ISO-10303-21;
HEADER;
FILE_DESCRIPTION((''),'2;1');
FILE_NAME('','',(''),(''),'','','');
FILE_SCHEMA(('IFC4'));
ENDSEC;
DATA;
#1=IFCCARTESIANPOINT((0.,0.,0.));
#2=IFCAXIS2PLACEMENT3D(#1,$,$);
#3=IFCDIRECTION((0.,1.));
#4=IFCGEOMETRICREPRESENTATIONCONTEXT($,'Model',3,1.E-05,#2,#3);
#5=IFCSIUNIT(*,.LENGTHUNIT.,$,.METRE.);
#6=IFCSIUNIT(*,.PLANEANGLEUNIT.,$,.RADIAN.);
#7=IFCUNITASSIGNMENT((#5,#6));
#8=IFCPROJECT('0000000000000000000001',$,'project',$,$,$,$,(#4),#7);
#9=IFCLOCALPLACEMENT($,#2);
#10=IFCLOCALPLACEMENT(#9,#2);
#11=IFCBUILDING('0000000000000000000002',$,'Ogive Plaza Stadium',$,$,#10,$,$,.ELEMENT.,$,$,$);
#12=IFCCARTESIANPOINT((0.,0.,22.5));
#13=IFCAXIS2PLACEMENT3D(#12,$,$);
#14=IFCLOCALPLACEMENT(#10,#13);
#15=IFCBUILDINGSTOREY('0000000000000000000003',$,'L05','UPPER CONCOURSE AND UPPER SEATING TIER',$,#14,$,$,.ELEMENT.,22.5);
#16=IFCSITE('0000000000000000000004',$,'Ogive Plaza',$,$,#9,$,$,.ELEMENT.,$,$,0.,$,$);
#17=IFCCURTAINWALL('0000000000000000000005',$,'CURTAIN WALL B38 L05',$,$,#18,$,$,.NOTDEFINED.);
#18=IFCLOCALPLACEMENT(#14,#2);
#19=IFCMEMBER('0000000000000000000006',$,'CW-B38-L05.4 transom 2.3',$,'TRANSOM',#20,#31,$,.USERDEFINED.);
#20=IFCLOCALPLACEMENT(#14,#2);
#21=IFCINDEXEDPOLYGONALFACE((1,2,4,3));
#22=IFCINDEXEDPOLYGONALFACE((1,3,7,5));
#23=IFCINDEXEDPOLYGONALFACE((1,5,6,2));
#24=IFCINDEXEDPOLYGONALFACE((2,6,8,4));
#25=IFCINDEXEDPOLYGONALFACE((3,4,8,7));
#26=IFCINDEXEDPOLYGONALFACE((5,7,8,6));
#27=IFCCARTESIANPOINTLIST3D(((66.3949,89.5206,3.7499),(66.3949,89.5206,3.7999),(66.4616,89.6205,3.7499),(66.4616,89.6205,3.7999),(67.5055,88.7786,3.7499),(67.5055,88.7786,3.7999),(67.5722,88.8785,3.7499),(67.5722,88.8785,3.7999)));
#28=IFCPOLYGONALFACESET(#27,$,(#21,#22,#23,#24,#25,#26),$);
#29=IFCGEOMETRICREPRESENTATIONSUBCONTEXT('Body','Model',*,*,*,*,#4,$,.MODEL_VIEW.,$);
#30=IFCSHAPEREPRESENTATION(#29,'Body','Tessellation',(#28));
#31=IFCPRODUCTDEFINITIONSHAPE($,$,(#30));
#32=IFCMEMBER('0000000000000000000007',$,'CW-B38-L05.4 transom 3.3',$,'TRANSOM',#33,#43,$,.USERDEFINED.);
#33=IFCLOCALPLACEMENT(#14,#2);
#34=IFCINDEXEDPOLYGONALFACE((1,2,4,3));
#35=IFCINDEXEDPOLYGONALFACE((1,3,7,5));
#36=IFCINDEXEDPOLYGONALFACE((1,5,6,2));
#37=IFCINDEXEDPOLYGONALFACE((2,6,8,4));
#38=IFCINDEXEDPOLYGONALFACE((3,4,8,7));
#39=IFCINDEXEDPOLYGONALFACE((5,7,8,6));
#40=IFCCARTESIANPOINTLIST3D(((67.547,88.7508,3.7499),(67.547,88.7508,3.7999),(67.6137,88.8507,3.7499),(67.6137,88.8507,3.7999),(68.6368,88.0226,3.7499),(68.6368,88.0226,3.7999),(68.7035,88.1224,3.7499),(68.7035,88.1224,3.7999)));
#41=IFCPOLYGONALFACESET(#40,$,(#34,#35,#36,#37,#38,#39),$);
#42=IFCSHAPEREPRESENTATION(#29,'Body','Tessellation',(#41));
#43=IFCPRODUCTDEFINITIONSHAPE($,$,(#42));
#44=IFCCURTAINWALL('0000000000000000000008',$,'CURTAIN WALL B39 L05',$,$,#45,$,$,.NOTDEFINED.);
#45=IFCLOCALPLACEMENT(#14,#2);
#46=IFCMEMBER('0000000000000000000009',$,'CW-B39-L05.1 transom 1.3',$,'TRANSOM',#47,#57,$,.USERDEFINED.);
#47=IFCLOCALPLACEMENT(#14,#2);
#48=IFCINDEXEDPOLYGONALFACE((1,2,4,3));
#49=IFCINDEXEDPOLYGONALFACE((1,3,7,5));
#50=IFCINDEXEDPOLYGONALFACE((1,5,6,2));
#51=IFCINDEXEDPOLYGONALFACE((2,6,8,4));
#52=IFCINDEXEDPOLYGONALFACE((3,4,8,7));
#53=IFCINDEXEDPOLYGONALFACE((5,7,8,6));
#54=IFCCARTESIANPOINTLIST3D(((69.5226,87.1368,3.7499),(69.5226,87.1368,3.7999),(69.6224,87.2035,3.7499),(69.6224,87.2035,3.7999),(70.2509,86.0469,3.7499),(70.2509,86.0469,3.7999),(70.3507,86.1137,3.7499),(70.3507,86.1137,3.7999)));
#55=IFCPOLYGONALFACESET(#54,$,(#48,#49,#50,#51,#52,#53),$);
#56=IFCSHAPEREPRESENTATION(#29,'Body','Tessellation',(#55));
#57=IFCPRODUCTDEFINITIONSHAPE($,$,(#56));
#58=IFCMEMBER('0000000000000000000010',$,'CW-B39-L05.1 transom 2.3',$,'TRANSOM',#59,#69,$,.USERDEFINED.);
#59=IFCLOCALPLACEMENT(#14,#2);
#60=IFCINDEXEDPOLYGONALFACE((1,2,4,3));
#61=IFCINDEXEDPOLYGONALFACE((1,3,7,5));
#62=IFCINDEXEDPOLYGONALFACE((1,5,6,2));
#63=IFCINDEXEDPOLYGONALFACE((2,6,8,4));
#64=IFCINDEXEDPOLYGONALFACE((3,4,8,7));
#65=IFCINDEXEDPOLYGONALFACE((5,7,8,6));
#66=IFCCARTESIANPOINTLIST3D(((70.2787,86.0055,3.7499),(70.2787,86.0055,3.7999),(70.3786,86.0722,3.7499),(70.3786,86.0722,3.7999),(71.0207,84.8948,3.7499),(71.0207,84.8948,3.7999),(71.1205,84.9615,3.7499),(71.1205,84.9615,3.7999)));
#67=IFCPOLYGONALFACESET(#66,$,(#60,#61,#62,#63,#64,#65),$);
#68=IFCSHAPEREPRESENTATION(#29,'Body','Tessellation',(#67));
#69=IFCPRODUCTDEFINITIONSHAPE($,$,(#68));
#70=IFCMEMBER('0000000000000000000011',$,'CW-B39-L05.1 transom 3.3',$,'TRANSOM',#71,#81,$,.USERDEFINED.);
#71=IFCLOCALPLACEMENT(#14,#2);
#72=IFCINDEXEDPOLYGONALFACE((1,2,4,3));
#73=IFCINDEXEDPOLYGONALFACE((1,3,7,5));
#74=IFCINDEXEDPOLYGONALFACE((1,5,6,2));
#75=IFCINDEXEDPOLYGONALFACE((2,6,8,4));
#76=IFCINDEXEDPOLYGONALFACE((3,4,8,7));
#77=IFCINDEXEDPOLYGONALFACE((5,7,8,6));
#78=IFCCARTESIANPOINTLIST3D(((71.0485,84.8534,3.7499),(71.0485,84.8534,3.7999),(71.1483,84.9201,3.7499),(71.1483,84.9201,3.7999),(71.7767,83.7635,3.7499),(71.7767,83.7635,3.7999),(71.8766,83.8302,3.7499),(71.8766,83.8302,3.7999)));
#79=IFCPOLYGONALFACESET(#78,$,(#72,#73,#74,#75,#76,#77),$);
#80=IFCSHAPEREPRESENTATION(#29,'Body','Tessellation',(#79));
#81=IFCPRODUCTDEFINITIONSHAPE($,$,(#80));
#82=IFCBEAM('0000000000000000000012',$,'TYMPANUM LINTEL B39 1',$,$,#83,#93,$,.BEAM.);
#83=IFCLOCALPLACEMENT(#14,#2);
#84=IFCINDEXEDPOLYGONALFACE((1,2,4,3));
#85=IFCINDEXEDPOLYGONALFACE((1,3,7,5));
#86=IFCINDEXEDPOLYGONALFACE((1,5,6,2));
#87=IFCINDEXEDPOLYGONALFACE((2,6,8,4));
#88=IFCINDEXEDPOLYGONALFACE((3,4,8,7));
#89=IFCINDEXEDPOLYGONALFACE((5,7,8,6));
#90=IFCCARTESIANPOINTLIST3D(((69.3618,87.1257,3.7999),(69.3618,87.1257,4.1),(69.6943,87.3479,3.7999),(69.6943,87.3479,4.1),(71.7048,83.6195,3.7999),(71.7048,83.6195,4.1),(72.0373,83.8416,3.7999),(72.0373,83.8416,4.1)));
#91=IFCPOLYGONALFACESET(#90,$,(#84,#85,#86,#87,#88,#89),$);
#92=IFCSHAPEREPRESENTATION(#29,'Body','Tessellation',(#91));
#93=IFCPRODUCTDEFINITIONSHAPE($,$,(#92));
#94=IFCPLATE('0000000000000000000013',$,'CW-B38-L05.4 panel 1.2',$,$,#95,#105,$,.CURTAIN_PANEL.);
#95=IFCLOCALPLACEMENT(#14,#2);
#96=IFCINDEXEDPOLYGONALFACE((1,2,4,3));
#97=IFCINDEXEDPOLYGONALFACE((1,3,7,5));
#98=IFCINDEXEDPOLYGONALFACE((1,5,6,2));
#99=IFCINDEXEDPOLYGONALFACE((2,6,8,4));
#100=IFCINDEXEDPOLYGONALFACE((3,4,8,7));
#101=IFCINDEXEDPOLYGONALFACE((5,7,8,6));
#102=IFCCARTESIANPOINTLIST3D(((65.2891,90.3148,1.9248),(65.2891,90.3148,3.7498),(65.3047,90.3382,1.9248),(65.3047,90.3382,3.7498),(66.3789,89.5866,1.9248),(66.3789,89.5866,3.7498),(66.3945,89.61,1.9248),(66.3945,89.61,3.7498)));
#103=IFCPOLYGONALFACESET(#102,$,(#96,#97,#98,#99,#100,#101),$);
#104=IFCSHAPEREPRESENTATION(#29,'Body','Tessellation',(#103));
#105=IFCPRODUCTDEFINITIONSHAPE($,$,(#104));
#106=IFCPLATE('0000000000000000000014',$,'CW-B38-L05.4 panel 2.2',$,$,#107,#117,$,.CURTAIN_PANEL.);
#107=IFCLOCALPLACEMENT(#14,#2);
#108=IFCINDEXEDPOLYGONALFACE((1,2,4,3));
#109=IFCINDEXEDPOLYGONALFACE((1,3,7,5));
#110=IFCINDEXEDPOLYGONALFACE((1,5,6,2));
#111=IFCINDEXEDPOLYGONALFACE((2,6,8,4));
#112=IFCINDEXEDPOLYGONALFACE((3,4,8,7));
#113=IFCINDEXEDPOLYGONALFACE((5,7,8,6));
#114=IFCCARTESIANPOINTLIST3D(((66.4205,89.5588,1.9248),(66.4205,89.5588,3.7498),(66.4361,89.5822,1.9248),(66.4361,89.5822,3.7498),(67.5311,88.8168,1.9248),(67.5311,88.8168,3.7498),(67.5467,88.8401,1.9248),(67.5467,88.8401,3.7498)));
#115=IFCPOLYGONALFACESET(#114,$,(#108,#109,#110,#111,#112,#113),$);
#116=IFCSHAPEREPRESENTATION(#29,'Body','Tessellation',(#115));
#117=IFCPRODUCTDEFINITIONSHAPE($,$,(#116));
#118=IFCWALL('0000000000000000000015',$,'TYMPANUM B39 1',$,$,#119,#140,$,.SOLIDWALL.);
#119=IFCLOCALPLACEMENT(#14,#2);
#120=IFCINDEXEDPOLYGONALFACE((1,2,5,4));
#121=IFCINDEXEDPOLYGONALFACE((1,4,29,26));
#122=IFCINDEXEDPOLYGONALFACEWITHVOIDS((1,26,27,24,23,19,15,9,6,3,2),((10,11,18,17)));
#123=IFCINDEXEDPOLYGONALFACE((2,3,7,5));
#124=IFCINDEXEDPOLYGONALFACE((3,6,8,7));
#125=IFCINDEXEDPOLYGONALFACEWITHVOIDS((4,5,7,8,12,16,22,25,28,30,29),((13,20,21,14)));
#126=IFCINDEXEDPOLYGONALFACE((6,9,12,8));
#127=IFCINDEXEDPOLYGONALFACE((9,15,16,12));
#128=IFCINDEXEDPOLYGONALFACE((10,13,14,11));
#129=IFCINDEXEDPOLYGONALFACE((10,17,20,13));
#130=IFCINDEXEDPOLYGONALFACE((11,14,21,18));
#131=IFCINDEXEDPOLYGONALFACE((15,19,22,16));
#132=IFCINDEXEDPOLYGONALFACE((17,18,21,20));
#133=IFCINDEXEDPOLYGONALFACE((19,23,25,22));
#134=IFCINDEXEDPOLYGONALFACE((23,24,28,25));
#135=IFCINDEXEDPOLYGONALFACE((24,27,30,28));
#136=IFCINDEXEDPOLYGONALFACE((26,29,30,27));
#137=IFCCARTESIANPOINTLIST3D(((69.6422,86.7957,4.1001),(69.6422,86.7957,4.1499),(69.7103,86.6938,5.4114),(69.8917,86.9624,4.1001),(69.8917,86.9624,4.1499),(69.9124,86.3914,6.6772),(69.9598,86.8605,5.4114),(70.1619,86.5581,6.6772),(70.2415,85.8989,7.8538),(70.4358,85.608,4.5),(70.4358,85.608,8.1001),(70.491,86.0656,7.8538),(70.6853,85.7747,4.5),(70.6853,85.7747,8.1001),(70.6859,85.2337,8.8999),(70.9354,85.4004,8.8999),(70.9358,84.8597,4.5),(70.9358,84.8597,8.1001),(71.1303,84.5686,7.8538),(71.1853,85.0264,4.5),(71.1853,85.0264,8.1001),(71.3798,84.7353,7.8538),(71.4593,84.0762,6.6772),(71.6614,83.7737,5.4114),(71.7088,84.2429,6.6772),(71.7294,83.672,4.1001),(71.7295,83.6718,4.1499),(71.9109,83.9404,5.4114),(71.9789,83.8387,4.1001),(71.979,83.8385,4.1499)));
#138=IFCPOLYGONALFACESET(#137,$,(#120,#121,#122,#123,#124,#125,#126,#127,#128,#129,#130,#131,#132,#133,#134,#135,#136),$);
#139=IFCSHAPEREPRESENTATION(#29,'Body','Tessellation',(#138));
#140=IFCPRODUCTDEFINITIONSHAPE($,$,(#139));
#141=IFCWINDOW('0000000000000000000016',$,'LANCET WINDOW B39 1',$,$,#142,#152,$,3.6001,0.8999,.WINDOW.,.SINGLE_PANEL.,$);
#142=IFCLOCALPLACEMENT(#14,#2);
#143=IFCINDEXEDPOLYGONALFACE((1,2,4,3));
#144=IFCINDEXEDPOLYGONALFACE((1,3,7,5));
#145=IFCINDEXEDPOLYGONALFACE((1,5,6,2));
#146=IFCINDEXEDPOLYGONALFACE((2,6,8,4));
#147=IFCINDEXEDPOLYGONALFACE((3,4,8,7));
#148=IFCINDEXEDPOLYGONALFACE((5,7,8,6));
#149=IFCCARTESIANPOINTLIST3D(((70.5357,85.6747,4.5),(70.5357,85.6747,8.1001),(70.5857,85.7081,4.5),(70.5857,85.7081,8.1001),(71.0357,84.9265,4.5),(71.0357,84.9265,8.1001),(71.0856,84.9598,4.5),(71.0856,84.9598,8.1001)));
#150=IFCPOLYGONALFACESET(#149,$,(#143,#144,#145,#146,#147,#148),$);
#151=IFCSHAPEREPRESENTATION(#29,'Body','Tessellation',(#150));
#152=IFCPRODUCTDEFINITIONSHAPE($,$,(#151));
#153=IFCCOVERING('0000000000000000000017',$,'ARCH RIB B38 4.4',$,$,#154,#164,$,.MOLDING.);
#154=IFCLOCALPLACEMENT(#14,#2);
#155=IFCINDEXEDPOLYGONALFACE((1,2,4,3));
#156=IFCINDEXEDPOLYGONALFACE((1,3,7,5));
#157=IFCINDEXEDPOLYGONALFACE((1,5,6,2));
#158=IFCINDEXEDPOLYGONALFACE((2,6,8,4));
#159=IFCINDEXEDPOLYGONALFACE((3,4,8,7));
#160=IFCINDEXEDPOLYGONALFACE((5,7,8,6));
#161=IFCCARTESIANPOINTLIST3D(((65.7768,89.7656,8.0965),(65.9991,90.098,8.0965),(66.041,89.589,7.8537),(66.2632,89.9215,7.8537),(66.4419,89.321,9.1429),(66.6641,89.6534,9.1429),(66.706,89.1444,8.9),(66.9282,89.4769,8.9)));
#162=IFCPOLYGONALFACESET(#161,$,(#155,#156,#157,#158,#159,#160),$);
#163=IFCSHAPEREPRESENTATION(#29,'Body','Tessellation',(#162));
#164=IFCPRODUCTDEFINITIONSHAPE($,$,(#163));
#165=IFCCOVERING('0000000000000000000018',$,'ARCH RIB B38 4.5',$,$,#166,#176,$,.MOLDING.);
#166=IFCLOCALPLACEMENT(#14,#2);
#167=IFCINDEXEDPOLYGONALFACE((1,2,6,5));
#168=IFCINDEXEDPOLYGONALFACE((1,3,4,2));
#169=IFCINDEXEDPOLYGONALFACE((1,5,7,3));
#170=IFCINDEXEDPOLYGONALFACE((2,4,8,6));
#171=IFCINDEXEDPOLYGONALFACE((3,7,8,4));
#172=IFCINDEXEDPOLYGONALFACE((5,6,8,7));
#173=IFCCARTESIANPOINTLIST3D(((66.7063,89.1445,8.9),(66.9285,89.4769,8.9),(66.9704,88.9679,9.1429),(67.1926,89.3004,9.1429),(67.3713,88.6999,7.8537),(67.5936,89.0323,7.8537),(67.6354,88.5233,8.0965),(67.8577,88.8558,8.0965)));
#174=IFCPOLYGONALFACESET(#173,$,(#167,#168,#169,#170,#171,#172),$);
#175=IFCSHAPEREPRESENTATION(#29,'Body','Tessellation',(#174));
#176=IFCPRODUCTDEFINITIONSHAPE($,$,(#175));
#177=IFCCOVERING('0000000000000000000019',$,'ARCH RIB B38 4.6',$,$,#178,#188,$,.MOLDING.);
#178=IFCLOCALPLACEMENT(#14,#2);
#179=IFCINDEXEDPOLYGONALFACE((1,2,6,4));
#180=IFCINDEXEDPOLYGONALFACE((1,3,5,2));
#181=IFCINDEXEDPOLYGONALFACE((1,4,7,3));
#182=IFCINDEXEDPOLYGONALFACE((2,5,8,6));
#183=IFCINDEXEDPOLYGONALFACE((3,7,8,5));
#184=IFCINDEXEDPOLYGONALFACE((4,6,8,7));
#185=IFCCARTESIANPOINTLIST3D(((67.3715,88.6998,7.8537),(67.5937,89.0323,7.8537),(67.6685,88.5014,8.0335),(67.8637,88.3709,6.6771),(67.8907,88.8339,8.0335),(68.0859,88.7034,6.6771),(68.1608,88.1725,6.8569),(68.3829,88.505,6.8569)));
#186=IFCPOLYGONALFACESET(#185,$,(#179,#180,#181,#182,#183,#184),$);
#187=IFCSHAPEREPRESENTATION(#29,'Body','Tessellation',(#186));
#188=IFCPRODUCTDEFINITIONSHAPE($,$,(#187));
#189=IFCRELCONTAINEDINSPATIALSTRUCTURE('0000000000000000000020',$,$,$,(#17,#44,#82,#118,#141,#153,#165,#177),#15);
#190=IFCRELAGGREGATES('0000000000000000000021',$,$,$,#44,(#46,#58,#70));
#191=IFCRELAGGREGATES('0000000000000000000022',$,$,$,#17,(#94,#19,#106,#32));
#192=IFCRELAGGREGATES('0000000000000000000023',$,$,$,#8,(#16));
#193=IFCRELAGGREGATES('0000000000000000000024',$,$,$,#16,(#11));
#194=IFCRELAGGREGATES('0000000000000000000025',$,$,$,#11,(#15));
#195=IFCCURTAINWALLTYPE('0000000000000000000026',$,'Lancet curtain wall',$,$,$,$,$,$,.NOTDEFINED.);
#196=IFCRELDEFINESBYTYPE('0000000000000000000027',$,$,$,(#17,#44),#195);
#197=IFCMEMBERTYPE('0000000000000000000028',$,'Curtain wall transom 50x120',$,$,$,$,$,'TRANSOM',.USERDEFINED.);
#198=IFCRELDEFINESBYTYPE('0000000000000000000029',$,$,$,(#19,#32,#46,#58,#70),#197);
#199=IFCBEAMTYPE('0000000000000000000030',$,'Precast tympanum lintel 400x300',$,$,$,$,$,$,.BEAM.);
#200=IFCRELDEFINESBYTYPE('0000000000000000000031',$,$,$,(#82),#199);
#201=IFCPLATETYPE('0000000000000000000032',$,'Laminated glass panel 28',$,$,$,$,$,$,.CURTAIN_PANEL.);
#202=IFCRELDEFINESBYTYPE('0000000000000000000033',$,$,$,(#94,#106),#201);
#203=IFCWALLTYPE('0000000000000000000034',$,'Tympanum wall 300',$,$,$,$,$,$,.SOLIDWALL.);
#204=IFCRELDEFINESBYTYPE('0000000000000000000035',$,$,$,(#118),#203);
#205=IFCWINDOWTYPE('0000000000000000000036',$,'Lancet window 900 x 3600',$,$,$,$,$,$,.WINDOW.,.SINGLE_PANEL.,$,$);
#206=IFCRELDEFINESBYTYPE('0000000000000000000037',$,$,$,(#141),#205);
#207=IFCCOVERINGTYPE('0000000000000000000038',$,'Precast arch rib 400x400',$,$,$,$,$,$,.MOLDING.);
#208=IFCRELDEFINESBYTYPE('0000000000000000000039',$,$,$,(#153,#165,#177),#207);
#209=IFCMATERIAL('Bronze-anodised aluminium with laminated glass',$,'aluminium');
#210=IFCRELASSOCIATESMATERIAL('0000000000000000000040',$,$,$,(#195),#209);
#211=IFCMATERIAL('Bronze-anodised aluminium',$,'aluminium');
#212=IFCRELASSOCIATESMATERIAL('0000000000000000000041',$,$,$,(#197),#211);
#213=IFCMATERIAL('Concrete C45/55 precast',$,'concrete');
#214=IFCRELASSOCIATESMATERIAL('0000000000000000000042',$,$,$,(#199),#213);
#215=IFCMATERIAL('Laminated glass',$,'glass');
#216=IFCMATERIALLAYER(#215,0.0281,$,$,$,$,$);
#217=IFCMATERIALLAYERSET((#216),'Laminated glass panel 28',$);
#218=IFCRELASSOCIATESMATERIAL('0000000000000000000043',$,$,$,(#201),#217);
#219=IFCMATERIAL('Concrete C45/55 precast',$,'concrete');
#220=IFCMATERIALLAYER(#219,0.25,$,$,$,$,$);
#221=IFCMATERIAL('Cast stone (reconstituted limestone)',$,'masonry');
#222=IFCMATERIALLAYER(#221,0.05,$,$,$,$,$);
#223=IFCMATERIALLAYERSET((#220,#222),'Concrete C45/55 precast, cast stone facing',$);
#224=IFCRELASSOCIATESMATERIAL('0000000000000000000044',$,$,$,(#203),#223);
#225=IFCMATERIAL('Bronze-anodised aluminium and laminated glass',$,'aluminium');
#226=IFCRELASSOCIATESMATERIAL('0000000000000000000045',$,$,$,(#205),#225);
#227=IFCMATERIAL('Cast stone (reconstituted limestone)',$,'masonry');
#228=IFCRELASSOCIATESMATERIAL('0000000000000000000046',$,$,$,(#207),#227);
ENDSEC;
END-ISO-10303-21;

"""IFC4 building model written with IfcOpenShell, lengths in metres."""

from ifc_helpers import new_model, si_unit, direction, frame, frame_2d, origin, origin_2d, place, context, subcontext, project, spatial, polyline, rectangle, outline, extrude, material, layer, layer_set, material_profile, profile_set, type_object, element, fill, aggregate, save


model = new_model("IFC4")

# Units and contexts
model_context = context("Model", 3, precision=1e-05, world=origin(), true_north=direction((0.0, 1.0)))
body_context = subcontext(model_context, "Body", "Model", "MODEL_VIEW")
ifc_project = project(units=[si_unit("LENGTHUNIT", "METRE"), si_unit("PLANEANGLEUNIT", "RADIAN")], contexts=[model_context])

# Site, building, storey
site_placement = place(None, origin())
site = spatial("IfcSite", under=ifc_project, at=site_placement, Name="Ogive Plaza", CompositionType="ELEMENT", RefElevation=0.0)
building_placement = place(site_placement, origin())
building = spatial("IfcBuilding", under=site, at=building_placement, Name="Ogive Plaza Stadium", CompositionType="ELEMENT")
storey_placement = place(building_placement, frame((0.0, 0.0, 22.5)))
storey = spatial("IfcBuildingStorey", under=building, at=storey_placement, Name="L05", Description="UPPER CONCOURSE AND UPPER SEATING TIER", CompositionType="ELEMENT", Elevation=22.5)

# Curtain walls, members
ifc_material_1 = material(Name="Bronze-anodised aluminium with laminated glass", Category="aluminium")
curtain_wall_type = type_object("IfcCurtainWallType", Name="Lancet curtain wall", PredefinedType="NOTDEFINED", material=ifc_material_1)
curtain_wall_1_placement = place(storey_placement, origin())
curtain_wall_1 = element("IfcCurtainWall", 1, at=curtain_wall_1_placement, inside=storey, type_object=curtain_wall_type, Name="CURTAIN WALL B38 L05", PredefinedType="NOTDEFINED")
ifc_material_2 = material(Name="Bronze-anodised aluminium", Category="aluminium")
ifc_material_profile_1 = material_profile(ifc_material_2, rectangle(XDim=0.1201, YDim=0.05, at=origin_2d()), Name="AL 120x50")
ifc_profile_set_1 = profile_set([ifc_material_profile_1], Name="Bronze-anodised aluminium")
member_type = type_object("IfcMemberType", Name="Curtain wall transom 50x120", ElementType="TRANSOM", PredefinedType="USERDEFINED", material=ifc_profile_set_1)
member_1_placement = place(storey_placement, frame((66.4282, 89.5706, 3.7749), z_axis=(0.831516, -0.555501, 0.0), x_axis=(0.555501, 0.831516, 0.0)))
member_1 = element("IfcMember", 2, at=member_1_placement, type_object=member_type, Name="CW-B38-L05.4 transom 2.3", ObjectType="TRANSOM", PredefinedType="USERDEFINED", context=body_context, shape_type="SweptSolid", body=[
    extrude(rectangle(XDim=0.1201, YDim=0.05, at=origin_2d()), origin(), (0.0, 0.0, 1.0), 1.3357),
])
member_2_placement = place(storey_placement, frame((67.5803, 88.8008, 3.7749), z_axis=(0.831448, -0.555602, 0.0), x_axis=(0.555602, 0.831448, 0.0)))
member_2 = element("IfcMember", 3, at=member_2_placement, type_object=member_type, Name="CW-B38-L05.4 transom 3.3", ObjectType="TRANSOM", PredefinedType="USERDEFINED", context=body_context, shape_type="SweptSolid", body=[
    extrude(rectangle(XDim=0.1201, YDim=0.05, at=origin_2d()), origin(), (0.0, 0.0, 1.0), 1.3108),
])
curtain_wall_2_placement = place(storey_placement, origin())
curtain_wall_2 = element("IfcCurtainWall", 4, at=curtain_wall_2_placement, inside=storey, type_object=curtain_wall_type, Name="CURTAIN WALL B39 L05", PredefinedType="NOTDEFINED")
member_3_placement = place(storey_placement, frame((69.5725, 87.1702, 3.7749), z_axis=(0.555602, -0.831448, 0.0), x_axis=(0.831448, 0.555602, 0.0)))
member_3 = element("IfcMember", 5, at=member_3_placement, type_object=member_type, Name="CW-B39-L05.1 transom 1.3", ObjectType="TRANSOM", PredefinedType="USERDEFINED", context=body_context, shape_type="SweptSolid", body=[
    extrude(rectangle(XDim=0.1201, YDim=0.05, at=origin_2d()), origin(), (0.0, 0.0, 1.0), 1.3108),
])
member_4_placement = place(storey_placement, frame((70.3286, 86.0388, 3.7749), z_axis=(0.555501, -0.831516, 0.0), x_axis=(0.831516, 0.555501, 0.0)))
member_4 = element("IfcMember", 6, at=member_4_placement, type_object=member_type, Name="CW-B39-L05.1 transom 2.3", ObjectType="TRANSOM", PredefinedType="USERDEFINED", context=body_context, shape_type="SweptSolid", body=[
    extrude(rectangle(XDim=0.1201, YDim=0.05, at=origin_2d()), origin(), (0.0, 0.0, 1.0), 1.3357),
])
member_5_placement = place(storey_placement, frame((71.0984, 84.8867, 3.7749), z_axis=(0.555602, -0.831448, 0.0), x_axis=(0.831448, 0.555602, 0.0)))
member_5 = element("IfcMember", 7, at=member_5_placement, type_object=member_type, Name="CW-B39-L05.1 transom 3.3", ObjectType="TRANSOM", PredefinedType="USERDEFINED", context=body_context, shape_type="SweptSolid", body=[
    extrude(rectangle(XDim=0.1201, YDim=0.05, at=origin_2d()), origin(), (0.0, 0.0, 1.0), 1.3108),
])
aggregate(curtain_wall_2, [member_3, member_4, member_5])

# Beam
ifc_material_3 = material(Name="Concrete C45/55 precast", Category="concrete")
ifc_material_profile_2 = material_profile(ifc_material_3, rectangle(XDim=0.3999, YDim=0.3, at=origin_2d()), Name="RC 400x300")
ifc_profile_set_2 = profile_set([ifc_material_profile_2], Name="Concrete C45/55 precast")
beam_type = type_object("IfcBeamType", Name="Precast tympanum lintel 400x300", PredefinedType="BEAM", material=ifc_profile_set_2)
beam_placement = place(storey_placement, frame((69.5281, 87.2368, 3.95), z_axis=(0.555595, -0.831453, 0.0), x_axis=(0.831453, 0.555595, 0.0)))
element("IfcBeam", 8, at=beam_placement, inside=storey, type_object=beam_type, Name="TYMPANUM LINTEL B39 1", PredefinedType="BEAM", context=body_context, shape_type="SweptSolid", body=[
    extrude(rectangle(XDim=0.3999, YDim=0.3, at=origin_2d()), origin(), (0.0, 0.0, 1.0), 4.217),
])

# Plates
ifc_material_4 = material(Name="Laminated glass", Category="glass")
ifc_layer_1 = layer(ifc_material_4, 0.0281)
ifc_layer_set_1 = layer_set([ifc_layer_1], Name="Laminated glass panel 28")
plate_type = type_object("IfcPlateType", Name="Laminated glass panel 28", PredefinedType="CURTAIN_PANEL", material=ifc_layer_set_1)
plate_1_placement = place(storey_placement, frame((65.8418, 89.9624, 1.9248), z_axis=(0.0, 0.0, 1.0), x_axis=(0.83147, -0.55557, 0.0)))
plate_1 = element("IfcPlate", 9, at=plate_1_placement, type_object=plate_type, Name="CW-B38-L05.4 panel 1.2", PredefinedType="CURTAIN_PANEL", context=body_context, shape_type="SweptSolid", body=[
    extrude(rectangle(XDim=1.3108, YDim=0.0281, at=origin_2d()), origin(), (0.0, 0.0, 1.0), 1.825),
])
plate_2_placement = place(storey_placement, frame((66.9836, 89.1995, 1.9248), z_axis=(0.0, 0.0, 1.0), x_axis=(0.83147, -0.55557, 0.0)))
plate_2 = element("IfcPlate", 10, at=plate_2_placement, type_object=plate_type, Name="CW-B38-L05.4 panel 2.2", PredefinedType="CURTAIN_PANEL", context=body_context, shape_type="SweptSolid", body=[
    extrude(rectangle(XDim=1.3357, YDim=0.0281, at=origin_2d()), origin(), (0.0, 0.0, 1.0), 1.825),
])
aggregate(curtain_wall_1, [plate_1, member_1, plate_2, member_2])

# Wall, opening, window
ifc_material_5 = material(Name="Concrete C45/55 precast", Category="concrete")
ifc_layer_2 = layer(ifc_material_5, 0.25)
ifc_material_6 = material(Name="Cast stone (reconstituted limestone)", Category="masonry")
ifc_layer_3 = layer(ifc_material_6, 0.05)
ifc_layer_set_2 = layer_set([ifc_layer_2, ifc_layer_3], Name="Concrete C45/55 precast, cast stone facing")
wall_type = type_object("IfcWallType", Name="Tympanum wall 300", PredefinedType="SOLIDWALL", material=ifc_layer_set_2)
wall_placement = place(storey_placement, frame((69.7671, 86.8792, 4.1001), z_axis=(0.0, 0.0, 1.0), x_axis=(0.555555, -0.83148, 0.0)))
wall = element("IfcWall", 11, at=wall_placement, inside=storey, type_object=wall_type, Name="TYMPANUM B39 1", PredefinedType="SOLIDWALL", context=body_context, shape_type="SweptSolid", body=[
    extrude(outline(polyline([(0.0, 0.0), (3.7568, 0.0), (3.7571, 0.0498), (3.6345, 1.3113), (3.2708, 2.5771), (2.6785, 3.7537), (1.8787, 4.7998), (1.0786, 3.7537), (0.4863, 2.5771), (0.1226, 1.3113), (0.0, 0.0498), (0.0, 0.0)])), frame((0.0, 0.1499, 0.0), z_axis=(0.0, -1.0, 0.0), x_axis=(1.0, 0.0, 0.0)), (0.0, 0.0, 1.0), 0.3),
])
opening_placement = place(wall_placement, frame((1.4285, 0.0, 0.3999)))
opening = element("IfcOpeningElement", 12, at=opening_placement, cuts=wall, PredefinedType="OPENING", context=body_context, shape_type="SweptSolid", body=[
    extrude(rectangle(XDim=0.8999, YDim=3.6001, at=frame_2d((0.45, 1.8))), frame((0.0, 0.1602, 0.0), z_axis=(0.0, -1.0, 0.0), x_axis=(1.0, 0.0, 0.0)), (0.0, 0.0, 1.0), 0.3201),
])
ifc_material_7 = material(Name="Bronze-anodised aluminium and laminated glass", Category="aluminium")
window_type = type_object("IfcWindowType", Name="Lancet window 900 x 3600", PartitioningType="SINGLE_PANEL", PredefinedType="WINDOW", material=ifc_material_7)
window_placement = place(opening_placement, origin())
window = element("IfcWindow", 13, at=window_placement, inside=storey, type_object=window_type, Name="LANCET WINDOW B39 1", OverallHeight=3.6001, OverallWidth=0.8999, PartitioningType="SINGLE_PANEL", PredefinedType="WINDOW", context=body_context, shape_type="SweptSolid", body=[
    extrude(rectangle(XDim=0.8999, YDim=3.6001, at=frame_2d((0.45, 1.8))), frame((0.0, 0.03, 0.0), z_axis=(0.0, -1.0, 0.0), x_axis=(1.0, 0.0, 0.0)), (0.0, 0.0, 1.0), 0.0601),
])
fill(opening, window)

# Coverings
ifc_material_8 = material(Name="Cast stone (reconstituted limestone)", Category="masonry")
ifc_material_profile_3 = material_profile(ifc_material_8, rectangle(XDim=0.3999, YDim=0.3999, at=origin_2d()), Name="Cast stone 400x400")
ifc_profile_set_3 = profile_set([ifc_material_profile_3], Name="Cast stone (reconstituted limestone)")
covering_type = type_object("IfcCoveringType", Name="Precast arch rib 400x400", PredefinedType="MOLDING", material=ifc_profile_set_3)
for number, where, z_axis, x_axis, name in (
    (14, (66.02, 89.8435, 7.9751), (0.504912, -0.337535, 0.794439), (0.555756, 0.831345, 0.0), "ARCH RIB B38 4.4"),
    (15, (66.9495, 89.2224, 9.0215), (0.504912, -0.337535, -0.794439), (0.555756, 0.831345, 0.0), "ARCH RIB B38 4.5"),
    (16, (67.6311, 88.7668, 7.9436), (0.373709, -0.249695, -0.893305), (0.555557, 0.831479, 0.0), "ARCH RIB B38 4.6"),
):
    element("IfcCovering", number, at=place(storey_placement, frame(where, z_axis=z_axis, x_axis=x_axis)), inside=storey, type_object=covering_type, Name=name, PredefinedType="MOLDING", context=body_context, shape_type="SweptSolid", body=[
        extrude(rectangle(XDim=0.3999, YDim=0.3999, at=origin_2d()), origin(), (0.0, 0.0, 1.0), 1.3171),
    ])

save(model, "model.ifc")
